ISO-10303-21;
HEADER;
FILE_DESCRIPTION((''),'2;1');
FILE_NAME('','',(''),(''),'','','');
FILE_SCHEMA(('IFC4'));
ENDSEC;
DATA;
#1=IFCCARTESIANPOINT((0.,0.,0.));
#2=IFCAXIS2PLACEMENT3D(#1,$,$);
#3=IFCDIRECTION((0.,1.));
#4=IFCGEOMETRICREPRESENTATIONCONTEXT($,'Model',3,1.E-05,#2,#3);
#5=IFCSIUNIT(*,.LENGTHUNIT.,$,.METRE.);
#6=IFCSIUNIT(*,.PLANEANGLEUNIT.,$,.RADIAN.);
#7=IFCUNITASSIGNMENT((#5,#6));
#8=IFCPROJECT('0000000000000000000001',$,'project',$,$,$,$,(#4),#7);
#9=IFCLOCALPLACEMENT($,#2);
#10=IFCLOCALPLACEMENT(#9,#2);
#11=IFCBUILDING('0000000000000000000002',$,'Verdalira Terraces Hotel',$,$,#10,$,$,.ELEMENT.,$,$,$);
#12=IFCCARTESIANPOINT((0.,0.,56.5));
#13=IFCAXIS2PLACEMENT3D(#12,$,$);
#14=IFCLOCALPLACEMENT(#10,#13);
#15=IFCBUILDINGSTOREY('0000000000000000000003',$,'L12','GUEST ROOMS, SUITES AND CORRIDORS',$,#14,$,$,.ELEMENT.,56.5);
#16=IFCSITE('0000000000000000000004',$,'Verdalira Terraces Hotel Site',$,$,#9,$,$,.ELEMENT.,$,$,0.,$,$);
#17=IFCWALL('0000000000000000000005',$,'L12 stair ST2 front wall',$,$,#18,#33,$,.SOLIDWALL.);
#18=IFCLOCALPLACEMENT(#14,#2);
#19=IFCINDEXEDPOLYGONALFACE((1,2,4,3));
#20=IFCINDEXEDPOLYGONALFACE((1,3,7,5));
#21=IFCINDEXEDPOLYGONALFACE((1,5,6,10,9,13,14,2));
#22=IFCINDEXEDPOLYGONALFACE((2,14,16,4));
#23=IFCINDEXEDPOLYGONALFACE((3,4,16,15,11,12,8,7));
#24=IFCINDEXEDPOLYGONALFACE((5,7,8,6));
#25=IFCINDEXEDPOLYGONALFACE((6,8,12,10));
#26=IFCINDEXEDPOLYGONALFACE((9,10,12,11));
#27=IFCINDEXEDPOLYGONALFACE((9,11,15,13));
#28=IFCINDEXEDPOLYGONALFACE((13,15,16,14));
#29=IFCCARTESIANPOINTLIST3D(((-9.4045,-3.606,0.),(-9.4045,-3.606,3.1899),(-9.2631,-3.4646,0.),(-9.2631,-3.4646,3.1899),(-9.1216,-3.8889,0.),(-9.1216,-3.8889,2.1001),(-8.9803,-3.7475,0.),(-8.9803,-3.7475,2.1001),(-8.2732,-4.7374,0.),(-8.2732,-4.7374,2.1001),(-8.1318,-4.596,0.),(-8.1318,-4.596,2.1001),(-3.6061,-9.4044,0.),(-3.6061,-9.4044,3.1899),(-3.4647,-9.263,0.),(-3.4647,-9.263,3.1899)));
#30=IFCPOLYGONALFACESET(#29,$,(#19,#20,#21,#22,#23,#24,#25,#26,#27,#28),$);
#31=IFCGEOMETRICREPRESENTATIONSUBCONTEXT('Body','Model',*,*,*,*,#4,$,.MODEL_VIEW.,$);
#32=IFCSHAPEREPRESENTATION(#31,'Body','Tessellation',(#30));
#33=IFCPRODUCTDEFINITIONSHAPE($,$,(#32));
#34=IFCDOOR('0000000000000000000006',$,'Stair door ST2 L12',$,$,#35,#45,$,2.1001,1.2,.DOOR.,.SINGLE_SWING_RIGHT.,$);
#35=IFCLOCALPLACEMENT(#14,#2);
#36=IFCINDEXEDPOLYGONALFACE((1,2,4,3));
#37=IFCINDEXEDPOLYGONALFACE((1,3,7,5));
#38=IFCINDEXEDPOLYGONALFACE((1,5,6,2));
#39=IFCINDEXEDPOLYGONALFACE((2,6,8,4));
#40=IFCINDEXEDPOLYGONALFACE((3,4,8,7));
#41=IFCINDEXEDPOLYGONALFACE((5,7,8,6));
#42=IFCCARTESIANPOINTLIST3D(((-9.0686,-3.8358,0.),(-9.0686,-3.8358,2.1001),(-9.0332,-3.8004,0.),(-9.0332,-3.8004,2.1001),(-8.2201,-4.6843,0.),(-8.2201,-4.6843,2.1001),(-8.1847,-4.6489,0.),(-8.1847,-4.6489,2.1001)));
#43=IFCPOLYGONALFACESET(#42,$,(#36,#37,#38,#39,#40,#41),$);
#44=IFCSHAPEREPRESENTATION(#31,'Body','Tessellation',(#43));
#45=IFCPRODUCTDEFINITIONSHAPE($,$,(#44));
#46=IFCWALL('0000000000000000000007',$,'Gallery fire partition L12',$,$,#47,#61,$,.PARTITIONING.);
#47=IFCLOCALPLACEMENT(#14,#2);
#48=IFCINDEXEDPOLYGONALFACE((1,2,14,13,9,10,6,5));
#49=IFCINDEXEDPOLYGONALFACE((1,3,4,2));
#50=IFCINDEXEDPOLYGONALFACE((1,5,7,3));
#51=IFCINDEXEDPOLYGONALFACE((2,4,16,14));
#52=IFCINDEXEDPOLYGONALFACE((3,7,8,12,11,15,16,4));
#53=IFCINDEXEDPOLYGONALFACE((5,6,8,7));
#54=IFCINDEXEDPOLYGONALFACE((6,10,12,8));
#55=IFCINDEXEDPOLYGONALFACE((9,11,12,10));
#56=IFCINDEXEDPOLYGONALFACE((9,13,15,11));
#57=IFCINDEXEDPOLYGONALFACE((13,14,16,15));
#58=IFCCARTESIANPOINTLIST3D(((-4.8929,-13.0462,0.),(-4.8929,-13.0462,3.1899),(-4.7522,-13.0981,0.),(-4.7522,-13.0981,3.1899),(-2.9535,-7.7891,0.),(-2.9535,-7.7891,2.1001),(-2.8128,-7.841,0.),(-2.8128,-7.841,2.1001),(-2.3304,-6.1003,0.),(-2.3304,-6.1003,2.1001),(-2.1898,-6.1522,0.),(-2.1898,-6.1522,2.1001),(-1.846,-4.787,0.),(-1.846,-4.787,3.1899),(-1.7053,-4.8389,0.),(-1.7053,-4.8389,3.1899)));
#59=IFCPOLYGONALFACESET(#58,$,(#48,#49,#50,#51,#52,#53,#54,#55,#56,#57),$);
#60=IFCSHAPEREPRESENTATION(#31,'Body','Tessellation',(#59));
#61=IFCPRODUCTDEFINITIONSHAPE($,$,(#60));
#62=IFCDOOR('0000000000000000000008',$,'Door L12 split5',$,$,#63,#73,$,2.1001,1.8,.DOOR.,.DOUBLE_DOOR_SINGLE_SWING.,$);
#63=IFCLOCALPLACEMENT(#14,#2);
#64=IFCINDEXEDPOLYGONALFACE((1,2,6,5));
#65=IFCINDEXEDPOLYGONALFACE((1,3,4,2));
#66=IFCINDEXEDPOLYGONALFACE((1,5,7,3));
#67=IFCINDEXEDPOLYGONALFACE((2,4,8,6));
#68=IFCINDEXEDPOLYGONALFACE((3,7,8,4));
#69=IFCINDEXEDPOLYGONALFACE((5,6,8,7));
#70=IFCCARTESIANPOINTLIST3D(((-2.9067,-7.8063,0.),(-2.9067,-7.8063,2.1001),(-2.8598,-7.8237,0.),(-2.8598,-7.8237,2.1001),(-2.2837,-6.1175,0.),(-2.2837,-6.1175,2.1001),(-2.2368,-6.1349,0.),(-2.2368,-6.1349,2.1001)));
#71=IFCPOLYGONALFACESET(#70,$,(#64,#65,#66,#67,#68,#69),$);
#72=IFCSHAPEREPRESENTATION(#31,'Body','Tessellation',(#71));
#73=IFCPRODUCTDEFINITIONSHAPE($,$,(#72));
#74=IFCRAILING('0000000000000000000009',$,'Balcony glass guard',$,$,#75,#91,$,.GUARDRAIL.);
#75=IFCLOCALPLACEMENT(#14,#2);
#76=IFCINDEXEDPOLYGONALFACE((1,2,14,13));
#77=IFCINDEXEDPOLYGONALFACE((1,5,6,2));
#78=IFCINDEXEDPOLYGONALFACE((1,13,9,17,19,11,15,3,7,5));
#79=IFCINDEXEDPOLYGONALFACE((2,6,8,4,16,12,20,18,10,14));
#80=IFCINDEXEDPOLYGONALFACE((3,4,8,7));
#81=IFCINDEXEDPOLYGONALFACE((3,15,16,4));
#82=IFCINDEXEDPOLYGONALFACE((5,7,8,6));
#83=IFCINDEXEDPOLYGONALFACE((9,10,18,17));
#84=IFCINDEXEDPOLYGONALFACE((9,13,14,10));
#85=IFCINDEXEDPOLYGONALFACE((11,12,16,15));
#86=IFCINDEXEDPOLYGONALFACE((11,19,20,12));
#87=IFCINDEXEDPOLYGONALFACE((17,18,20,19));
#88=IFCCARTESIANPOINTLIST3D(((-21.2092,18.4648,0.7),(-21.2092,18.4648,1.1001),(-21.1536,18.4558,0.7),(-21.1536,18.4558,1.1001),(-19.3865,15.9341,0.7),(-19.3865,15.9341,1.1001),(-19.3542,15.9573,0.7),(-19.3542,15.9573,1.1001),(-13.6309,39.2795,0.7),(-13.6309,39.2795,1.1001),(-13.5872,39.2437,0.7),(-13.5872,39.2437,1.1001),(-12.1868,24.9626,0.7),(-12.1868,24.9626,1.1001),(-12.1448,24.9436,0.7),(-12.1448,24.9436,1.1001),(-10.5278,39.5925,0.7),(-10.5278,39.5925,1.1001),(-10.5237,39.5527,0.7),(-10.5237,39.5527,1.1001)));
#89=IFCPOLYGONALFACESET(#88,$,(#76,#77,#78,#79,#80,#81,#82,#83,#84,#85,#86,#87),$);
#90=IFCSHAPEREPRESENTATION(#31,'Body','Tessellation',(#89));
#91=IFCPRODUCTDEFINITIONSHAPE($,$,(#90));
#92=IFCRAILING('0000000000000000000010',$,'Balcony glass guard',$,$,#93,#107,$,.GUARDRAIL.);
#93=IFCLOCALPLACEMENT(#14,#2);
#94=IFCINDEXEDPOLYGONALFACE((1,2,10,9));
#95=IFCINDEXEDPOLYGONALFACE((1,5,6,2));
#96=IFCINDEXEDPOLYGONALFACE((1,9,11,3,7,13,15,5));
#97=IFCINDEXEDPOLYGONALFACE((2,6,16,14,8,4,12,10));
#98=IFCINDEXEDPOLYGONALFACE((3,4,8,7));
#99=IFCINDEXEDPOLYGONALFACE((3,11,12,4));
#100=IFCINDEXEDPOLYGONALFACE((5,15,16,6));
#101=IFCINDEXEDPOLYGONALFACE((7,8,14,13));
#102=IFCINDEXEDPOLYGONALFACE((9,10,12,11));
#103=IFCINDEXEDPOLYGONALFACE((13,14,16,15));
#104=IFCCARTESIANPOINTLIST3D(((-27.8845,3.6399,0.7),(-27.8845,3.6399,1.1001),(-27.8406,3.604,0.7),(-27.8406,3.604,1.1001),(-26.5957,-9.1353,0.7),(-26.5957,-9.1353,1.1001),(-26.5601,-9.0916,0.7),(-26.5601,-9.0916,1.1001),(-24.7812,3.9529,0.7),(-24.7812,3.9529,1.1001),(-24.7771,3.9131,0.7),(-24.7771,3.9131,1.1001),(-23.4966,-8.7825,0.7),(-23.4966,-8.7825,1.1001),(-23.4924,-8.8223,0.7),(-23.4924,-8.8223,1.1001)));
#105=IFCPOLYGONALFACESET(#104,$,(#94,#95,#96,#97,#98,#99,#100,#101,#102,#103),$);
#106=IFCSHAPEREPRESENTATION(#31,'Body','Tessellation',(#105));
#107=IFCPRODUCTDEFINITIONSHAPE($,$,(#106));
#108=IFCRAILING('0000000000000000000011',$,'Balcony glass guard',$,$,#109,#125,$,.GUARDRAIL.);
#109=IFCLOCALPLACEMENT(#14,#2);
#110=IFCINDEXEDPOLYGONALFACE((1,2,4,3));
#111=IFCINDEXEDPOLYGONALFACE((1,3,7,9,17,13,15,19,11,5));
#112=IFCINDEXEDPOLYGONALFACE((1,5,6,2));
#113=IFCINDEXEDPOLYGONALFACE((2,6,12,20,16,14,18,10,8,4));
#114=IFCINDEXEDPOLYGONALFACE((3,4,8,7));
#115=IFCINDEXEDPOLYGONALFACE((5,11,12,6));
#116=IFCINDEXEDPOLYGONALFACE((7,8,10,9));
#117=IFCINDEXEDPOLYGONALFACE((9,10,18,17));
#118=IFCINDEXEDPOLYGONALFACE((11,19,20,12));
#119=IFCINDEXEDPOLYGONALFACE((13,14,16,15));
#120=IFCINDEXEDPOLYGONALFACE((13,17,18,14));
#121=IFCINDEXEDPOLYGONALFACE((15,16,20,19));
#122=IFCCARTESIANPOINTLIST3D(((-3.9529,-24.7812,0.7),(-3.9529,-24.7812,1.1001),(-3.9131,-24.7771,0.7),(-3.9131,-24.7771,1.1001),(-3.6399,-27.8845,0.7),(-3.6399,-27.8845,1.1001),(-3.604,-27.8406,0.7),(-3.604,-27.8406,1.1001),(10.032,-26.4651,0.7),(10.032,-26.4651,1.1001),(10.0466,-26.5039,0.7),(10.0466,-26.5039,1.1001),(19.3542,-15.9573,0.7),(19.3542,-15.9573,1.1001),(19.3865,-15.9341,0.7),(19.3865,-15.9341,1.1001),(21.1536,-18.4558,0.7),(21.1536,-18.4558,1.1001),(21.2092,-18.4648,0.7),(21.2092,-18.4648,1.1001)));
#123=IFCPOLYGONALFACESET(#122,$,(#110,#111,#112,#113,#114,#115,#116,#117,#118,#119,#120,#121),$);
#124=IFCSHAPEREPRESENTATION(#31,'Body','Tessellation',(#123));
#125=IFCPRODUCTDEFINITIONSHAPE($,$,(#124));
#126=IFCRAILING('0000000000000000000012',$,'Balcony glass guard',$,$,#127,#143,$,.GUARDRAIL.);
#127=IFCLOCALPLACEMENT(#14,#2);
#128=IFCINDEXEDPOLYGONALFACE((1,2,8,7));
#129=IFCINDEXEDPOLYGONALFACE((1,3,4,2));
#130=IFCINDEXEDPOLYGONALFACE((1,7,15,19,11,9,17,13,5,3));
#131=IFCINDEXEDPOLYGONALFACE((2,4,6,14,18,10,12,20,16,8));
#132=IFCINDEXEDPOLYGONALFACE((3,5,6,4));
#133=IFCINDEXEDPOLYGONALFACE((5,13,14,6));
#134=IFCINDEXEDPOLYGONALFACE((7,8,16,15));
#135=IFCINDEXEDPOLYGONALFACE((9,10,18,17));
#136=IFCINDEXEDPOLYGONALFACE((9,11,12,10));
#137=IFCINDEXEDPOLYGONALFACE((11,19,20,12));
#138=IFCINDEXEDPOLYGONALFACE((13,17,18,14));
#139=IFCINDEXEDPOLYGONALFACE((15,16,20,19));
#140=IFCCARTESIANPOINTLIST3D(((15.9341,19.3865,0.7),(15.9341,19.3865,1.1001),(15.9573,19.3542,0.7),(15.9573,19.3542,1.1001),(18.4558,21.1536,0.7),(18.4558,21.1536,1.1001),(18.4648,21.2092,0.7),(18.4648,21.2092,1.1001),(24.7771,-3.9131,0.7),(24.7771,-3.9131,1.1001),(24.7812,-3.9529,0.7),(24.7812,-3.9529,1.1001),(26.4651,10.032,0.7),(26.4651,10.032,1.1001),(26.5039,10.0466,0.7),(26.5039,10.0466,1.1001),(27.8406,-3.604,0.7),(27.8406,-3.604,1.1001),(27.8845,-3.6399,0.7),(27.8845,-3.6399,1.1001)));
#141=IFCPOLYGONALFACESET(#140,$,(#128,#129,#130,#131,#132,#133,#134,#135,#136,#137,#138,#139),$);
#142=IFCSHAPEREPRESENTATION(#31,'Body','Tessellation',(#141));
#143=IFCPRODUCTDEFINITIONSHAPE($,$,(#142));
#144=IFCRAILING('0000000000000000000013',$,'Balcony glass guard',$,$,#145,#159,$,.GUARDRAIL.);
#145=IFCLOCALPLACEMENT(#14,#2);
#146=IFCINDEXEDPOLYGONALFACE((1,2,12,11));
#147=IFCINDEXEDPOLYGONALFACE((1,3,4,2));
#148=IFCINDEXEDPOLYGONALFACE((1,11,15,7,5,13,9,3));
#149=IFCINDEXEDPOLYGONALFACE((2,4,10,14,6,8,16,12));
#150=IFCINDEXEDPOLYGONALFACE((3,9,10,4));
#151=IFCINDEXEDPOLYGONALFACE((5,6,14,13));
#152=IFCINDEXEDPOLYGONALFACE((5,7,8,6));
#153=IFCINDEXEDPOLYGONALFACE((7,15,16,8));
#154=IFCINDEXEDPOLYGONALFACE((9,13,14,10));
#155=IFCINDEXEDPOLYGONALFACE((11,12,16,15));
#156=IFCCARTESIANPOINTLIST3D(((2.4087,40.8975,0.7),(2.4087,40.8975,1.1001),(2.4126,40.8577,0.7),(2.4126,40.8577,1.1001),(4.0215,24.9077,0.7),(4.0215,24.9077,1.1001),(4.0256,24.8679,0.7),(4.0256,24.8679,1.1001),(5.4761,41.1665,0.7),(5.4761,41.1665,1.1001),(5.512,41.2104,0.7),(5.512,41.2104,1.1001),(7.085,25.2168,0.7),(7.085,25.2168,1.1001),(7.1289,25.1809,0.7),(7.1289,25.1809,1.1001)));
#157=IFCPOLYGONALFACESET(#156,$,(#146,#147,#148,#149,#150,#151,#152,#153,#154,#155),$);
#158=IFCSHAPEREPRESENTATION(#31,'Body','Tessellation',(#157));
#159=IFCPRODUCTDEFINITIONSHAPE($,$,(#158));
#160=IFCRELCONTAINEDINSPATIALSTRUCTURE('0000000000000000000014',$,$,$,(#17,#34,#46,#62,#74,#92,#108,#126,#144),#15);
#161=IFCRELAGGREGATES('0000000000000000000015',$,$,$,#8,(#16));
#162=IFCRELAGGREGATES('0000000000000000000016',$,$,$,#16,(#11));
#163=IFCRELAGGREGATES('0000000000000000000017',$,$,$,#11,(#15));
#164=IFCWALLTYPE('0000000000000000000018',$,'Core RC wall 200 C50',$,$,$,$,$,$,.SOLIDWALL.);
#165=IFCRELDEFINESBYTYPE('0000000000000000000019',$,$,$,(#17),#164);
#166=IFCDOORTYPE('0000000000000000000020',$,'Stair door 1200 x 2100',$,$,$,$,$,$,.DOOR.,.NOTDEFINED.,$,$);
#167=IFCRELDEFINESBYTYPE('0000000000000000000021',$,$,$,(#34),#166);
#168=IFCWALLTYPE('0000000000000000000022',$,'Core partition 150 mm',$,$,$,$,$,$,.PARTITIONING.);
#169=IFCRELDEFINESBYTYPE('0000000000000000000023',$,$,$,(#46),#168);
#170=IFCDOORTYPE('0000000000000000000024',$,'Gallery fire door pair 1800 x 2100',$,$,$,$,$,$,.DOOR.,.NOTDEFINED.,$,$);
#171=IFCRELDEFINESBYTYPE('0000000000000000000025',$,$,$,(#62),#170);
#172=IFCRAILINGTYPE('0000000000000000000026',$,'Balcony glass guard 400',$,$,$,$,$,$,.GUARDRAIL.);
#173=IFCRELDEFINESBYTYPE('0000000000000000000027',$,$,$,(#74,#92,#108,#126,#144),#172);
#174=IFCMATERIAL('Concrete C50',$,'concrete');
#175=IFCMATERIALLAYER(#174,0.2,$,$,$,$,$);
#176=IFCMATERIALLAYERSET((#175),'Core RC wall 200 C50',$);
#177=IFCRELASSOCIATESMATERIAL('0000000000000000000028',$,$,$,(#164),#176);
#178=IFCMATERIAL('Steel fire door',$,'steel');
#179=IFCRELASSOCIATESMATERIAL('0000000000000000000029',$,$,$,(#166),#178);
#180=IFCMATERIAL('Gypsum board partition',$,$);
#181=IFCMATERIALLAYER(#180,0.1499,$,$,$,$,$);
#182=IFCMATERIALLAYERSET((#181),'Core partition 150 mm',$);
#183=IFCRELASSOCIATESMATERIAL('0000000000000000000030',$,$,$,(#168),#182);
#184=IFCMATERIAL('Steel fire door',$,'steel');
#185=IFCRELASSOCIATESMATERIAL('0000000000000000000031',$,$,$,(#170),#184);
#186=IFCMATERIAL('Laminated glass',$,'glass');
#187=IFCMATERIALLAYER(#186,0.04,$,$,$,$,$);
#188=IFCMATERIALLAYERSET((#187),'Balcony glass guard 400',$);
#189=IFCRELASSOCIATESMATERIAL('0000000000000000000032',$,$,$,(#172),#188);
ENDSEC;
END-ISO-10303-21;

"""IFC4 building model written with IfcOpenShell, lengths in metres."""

from ifc_helpers import new_model, si_unit, direction, frame, frame_2d, origin, place, context, subcontext, project, spatial, polyline, rectangle, outline, extrude, material, layer, layer_set, type_object, element, fill, save


model = new_model("IFC4")

# Units and contexts
model_context = context("Model", 3, precision=1e-05, world=origin(), true_north=direction((0.0, 1.0)))
body_context = subcontext(model_context, "Body", "Model", "MODEL_VIEW")
ifc_project = project(units=[si_unit("LENGTHUNIT", "METRE"), si_unit("PLANEANGLEUNIT", "RADIAN")], contexts=[model_context])

# Site, building, storey
site_placement = place(None, origin())
site = spatial("IfcSite", under=ifc_project, at=site_placement, Name="Verdalira Terraces Hotel Site", CompositionType="ELEMENT", RefElevation=0.0)
building_placement = place(site_placement, origin())
building = spatial("IfcBuilding", under=site, at=building_placement, Name="Verdalira Terraces Hotel", CompositionType="ELEMENT")
storey_placement = place(building_placement, frame((0.0, 0.0, 56.5)))
storey = spatial("IfcBuildingStorey", under=building, at=storey_placement, Name="L12", Description="GUEST ROOMS, SUITES AND CORRIDORS", CompositionType="ELEMENT", Elevation=56.5)

# Shared definitions
ifc_material_1 = material(Name="Concrete C50", Category="concrete")
ifc_layer_1 = layer(ifc_material_1, 0.2)
ifc_layer_set_1 = layer_set([ifc_layer_1], Name="Core RC wall 200 C50")
wall_type_1 = type_object("IfcWallType", Name="Core RC wall 200 C50", PredefinedType="SOLIDWALL", material=ifc_layer_set_1)

# Walls, openings, doors
wall_1_placement = place(storey_placement, frame((-3.5354, -9.3337, 0.0), z_axis=(0.0, 0.0, 1.0), x_axis=(-0.707107, 0.707107, 0.0)))
wall_1 = element("IfcWall", 1, at=wall_1_placement, inside=storey, type_object=wall_type_1, Name="L12 stair ST2 front wall", PredefinedType="SOLIDWALL", context=body_context, shape_type="SweptSolid", body=[
    extrude(rectangle(XDim=8.2002, YDim=0.2, at=frame_2d((4.1001, 0.0))), origin(), (0.0, 0.0, 1.0), 3.1899),
])
opening_1_placement = place(wall_1_placement, frame((6.6001, 0.0, 0.0)))
opening_1 = element("IfcOpeningElement", 2, at=opening_1_placement, cuts=wall_1, PredefinedType="OPENING", context=body_context, shape_type="SweptSolid", body=[
    extrude(rectangle(XDim=1.2, YDim=2.1001, at=frame_2d((0.6001, 1.05))), frame((0.0, 0.1099, 0.0), z_axis=(0.0, -1.0, 0.0), x_axis=(1.0, 0.0, 0.0)), (0.0, 0.0, 1.0), 0.22),
])
ifc_material_2 = material(Name="Steel fire door", Category="steel")
door_type_1 = type_object("IfcDoorType", Name="Stair door 1200 x 2100", OperationType="NOTDEFINED", PredefinedType="DOOR", material=ifc_material_2)
door_1_placement = place(opening_1_placement, origin())
door_1 = element("IfcDoor", 3, at=door_1_placement, inside=storey, type_object=door_type_1, Name="Stair door ST2 L12", OperationType="SINGLE_SWING_RIGHT", OverallHeight=2.1001, OverallWidth=1.2, PredefinedType="DOOR", context=body_context, shape_type="SweptSolid", body=[
    extrude(rectangle(XDim=1.2, YDim=2.1001, at=frame_2d((0.6001, 1.05))), frame((0.0, 0.0249, 0.0), z_axis=(0.0, -1.0, 0.0), x_axis=(1.0, 0.0, 0.0)), (0.0, 0.0, 1.0), 0.05),
])
fill(opening_1, door_1)
ifc_material_3 = material(Name="Gypsum board partition")
ifc_layer_2 = layer(ifc_material_3, 0.1499)
ifc_layer_set_2 = layer_set([ifc_layer_2], Name="Core partition 150 mm")
wall_type_2 = type_object("IfcWallType", Name="Core partition 150 mm", PredefinedType="PARTITIONING", material=ifc_layer_set_2)
wall_2_placement = place(storey_placement, frame((-1.7756, -4.813, 0.0), z_axis=(0.0, 0.0, 1.0), x_axis=(-0.346113, -0.938193, 0.0)))
wall_2 = element("IfcWall", 4, at=wall_2_placement, inside=storey, type_object=wall_type_2, Name="Gallery fire partition L12", PredefinedType="PARTITIONING", context=body_context, shape_type="SweptSolid", body=[
    extrude(rectangle(XDim=8.8032, YDim=0.1499, at=frame_2d((4.4016, 0.0))), origin(), (0.0, 0.0, 1.0), 3.1899),
])
opening_2_placement = place(wall_2_placement, frame((1.3999, 0.0, 0.0)))
opening_2 = element("IfcOpeningElement", 5, at=opening_2_placement, cuts=wall_2, PredefinedType="OPENING", context=body_context, shape_type="SweptSolid", body=[
    extrude(rectangle(XDim=1.8, YDim=2.1001, at=frame_2d((0.8999, 1.05))), frame((0.0, 0.085, 0.0), z_axis=(0.0, -1.0, 0.0), x_axis=(1.0, 0.0, 0.0)), (0.0, 0.0, 1.0), 0.1699),
])
ifc_material_4 = material(Name="Steel fire door", Category="steel")
door_type_2 = type_object("IfcDoorType", Name="Gallery fire door pair 1800 x 2100", OperationType="NOTDEFINED", PredefinedType="DOOR", material=ifc_material_4)
door_2_placement = place(opening_2_placement, origin())
door_2 = element("IfcDoor", 6, at=door_2_placement, inside=storey, type_object=door_type_2, Name="Door L12 split5", OperationType="DOUBLE_DOOR_SINGLE_SWING", OverallHeight=2.1001, OverallWidth=1.8, PredefinedType="DOOR", context=body_context, shape_type="SweptSolid", body=[
    extrude(rectangle(XDim=1.8, YDim=2.1001, at=frame_2d((0.8999, 1.05))), frame((0.0, 0.0249, 0.0), z_axis=(0.0, -1.0, 0.0), x_axis=(1.0, 0.0, 0.0)), (0.0, 0.0, 1.0), 0.05),
])
fill(opening_2, door_2)

# Railings
ifc_material_5 = material(Name="Laminated glass", Category="glass")
ifc_layer_3 = layer(ifc_material_5, 0.04)
ifc_layer_set_3 = layer_set([ifc_layer_3], Name="Balcony glass guard 400")
railing_type = type_object("IfcRailingType", Name="Balcony glass guard 400", PredefinedType="GUARDRAIL", material=ifc_layer_set_3)
railing_1_placement = place(storey_placement, frame((0.0, 0.0, 0.7)))
element("IfcRailing", 7, at=railing_1_placement, inside=storey, type_object=railing_type, Name="Balcony glass guard", PredefinedType="GUARDRAIL", context=body_context, shape_type="SweptSolid", body=[
    extrude(outline(polyline([(-13.5872, 39.2437), (-12.1448, 24.9436), (-21.1536, 18.4558), (-19.3542, 15.9573), (-19.3865, 15.9341), (-21.2092, 18.4648), (-12.1868, 24.9626), (-13.6309, 39.2795), (-10.5278, 39.5925), (-10.5237, 39.5527), (-13.5872, 39.2437)])), origin(), (0.0, 0.0, 1.0), 0.4001),
])
railing_2_placement = place(storey_placement, frame((0.0, 0.0, 0.7)))
element("IfcRailing", 8, at=railing_2_placement, inside=storey, type_object=railing_type, Name="Balcony glass guard", PredefinedType="GUARDRAIL", context=body_context, shape_type="SweptSolid", body=[
    extrude(outline(polyline([(-27.8406, 3.604), (-26.5601, -9.0916), (-23.4966, -8.7825), (-23.4924, -8.8223), (-26.5957, -9.1353), (-27.8845, 3.6399), (-24.7812, 3.9529), (-24.7771, 3.9131), (-27.8406, 3.604)])), origin(), (0.0, 0.0, 1.0), 0.4001),
])
railing_3_placement = place(storey_placement, frame((0.0, 0.0, 0.7)))
element("IfcRailing", 9, at=railing_3_placement, inside=storey, type_object=railing_type, Name="Balcony glass guard", PredefinedType="GUARDRAIL", context=body_context, shape_type="SweptSolid", body=[
    extrude(outline(polyline([(-3.604, -27.8406), (10.032, -26.4651), (21.1536, -18.4558), (19.3542, -15.9573), (19.3865, -15.9341), (21.2092, -18.4648), (10.0466, -26.5039), (-3.6399, -27.8845), (-3.9529, -24.7812), (-3.9131, -24.7771), (-3.604, -27.8406)])), origin(), (0.0, 0.0, 1.0), 0.4001),
])
railing_4_placement = place(storey_placement, frame((0.0, 0.0, 0.7)))
element("IfcRailing", 10, at=railing_4_placement, inside=storey, type_object=railing_type, Name="Balcony glass guard", PredefinedType="GUARDRAIL", context=body_context, shape_type="SweptSolid", body=[
    extrude(outline(polyline([(27.8406, -3.604), (26.4651, 10.032), (18.4558, 21.1536), (15.9573, 19.3542), (15.9341, 19.3865), (18.4648, 21.2092), (26.5039, 10.0466), (27.8845, -3.6399), (24.7812, -3.9529), (24.7771, -3.9131), (27.8406, -3.604)])), origin(), (0.0, 0.0, 1.0), 0.4001),
])
railing_5_placement = place(storey_placement, frame((0.0, 0.0, 0.7)))
element("IfcRailing", 11, at=railing_5_placement, inside=storey, type_object=railing_type, Name="Balcony glass guard", PredefinedType="GUARDRAIL", context=body_context, shape_type="SweptSolid", body=[
    extrude(outline(polyline([(7.085, 25.2168), (5.4761, 41.1665), (2.4126, 40.8577), (2.4087, 40.8975), (5.512, 41.2104), (7.1289, 25.1809), (4.0256, 24.8679), (4.0215, 24.9077), (7.085, 25.2168)])), origin(), (0.0, 0.0, 1.0), 0.4001),
])

save(model, "model.ifc")
